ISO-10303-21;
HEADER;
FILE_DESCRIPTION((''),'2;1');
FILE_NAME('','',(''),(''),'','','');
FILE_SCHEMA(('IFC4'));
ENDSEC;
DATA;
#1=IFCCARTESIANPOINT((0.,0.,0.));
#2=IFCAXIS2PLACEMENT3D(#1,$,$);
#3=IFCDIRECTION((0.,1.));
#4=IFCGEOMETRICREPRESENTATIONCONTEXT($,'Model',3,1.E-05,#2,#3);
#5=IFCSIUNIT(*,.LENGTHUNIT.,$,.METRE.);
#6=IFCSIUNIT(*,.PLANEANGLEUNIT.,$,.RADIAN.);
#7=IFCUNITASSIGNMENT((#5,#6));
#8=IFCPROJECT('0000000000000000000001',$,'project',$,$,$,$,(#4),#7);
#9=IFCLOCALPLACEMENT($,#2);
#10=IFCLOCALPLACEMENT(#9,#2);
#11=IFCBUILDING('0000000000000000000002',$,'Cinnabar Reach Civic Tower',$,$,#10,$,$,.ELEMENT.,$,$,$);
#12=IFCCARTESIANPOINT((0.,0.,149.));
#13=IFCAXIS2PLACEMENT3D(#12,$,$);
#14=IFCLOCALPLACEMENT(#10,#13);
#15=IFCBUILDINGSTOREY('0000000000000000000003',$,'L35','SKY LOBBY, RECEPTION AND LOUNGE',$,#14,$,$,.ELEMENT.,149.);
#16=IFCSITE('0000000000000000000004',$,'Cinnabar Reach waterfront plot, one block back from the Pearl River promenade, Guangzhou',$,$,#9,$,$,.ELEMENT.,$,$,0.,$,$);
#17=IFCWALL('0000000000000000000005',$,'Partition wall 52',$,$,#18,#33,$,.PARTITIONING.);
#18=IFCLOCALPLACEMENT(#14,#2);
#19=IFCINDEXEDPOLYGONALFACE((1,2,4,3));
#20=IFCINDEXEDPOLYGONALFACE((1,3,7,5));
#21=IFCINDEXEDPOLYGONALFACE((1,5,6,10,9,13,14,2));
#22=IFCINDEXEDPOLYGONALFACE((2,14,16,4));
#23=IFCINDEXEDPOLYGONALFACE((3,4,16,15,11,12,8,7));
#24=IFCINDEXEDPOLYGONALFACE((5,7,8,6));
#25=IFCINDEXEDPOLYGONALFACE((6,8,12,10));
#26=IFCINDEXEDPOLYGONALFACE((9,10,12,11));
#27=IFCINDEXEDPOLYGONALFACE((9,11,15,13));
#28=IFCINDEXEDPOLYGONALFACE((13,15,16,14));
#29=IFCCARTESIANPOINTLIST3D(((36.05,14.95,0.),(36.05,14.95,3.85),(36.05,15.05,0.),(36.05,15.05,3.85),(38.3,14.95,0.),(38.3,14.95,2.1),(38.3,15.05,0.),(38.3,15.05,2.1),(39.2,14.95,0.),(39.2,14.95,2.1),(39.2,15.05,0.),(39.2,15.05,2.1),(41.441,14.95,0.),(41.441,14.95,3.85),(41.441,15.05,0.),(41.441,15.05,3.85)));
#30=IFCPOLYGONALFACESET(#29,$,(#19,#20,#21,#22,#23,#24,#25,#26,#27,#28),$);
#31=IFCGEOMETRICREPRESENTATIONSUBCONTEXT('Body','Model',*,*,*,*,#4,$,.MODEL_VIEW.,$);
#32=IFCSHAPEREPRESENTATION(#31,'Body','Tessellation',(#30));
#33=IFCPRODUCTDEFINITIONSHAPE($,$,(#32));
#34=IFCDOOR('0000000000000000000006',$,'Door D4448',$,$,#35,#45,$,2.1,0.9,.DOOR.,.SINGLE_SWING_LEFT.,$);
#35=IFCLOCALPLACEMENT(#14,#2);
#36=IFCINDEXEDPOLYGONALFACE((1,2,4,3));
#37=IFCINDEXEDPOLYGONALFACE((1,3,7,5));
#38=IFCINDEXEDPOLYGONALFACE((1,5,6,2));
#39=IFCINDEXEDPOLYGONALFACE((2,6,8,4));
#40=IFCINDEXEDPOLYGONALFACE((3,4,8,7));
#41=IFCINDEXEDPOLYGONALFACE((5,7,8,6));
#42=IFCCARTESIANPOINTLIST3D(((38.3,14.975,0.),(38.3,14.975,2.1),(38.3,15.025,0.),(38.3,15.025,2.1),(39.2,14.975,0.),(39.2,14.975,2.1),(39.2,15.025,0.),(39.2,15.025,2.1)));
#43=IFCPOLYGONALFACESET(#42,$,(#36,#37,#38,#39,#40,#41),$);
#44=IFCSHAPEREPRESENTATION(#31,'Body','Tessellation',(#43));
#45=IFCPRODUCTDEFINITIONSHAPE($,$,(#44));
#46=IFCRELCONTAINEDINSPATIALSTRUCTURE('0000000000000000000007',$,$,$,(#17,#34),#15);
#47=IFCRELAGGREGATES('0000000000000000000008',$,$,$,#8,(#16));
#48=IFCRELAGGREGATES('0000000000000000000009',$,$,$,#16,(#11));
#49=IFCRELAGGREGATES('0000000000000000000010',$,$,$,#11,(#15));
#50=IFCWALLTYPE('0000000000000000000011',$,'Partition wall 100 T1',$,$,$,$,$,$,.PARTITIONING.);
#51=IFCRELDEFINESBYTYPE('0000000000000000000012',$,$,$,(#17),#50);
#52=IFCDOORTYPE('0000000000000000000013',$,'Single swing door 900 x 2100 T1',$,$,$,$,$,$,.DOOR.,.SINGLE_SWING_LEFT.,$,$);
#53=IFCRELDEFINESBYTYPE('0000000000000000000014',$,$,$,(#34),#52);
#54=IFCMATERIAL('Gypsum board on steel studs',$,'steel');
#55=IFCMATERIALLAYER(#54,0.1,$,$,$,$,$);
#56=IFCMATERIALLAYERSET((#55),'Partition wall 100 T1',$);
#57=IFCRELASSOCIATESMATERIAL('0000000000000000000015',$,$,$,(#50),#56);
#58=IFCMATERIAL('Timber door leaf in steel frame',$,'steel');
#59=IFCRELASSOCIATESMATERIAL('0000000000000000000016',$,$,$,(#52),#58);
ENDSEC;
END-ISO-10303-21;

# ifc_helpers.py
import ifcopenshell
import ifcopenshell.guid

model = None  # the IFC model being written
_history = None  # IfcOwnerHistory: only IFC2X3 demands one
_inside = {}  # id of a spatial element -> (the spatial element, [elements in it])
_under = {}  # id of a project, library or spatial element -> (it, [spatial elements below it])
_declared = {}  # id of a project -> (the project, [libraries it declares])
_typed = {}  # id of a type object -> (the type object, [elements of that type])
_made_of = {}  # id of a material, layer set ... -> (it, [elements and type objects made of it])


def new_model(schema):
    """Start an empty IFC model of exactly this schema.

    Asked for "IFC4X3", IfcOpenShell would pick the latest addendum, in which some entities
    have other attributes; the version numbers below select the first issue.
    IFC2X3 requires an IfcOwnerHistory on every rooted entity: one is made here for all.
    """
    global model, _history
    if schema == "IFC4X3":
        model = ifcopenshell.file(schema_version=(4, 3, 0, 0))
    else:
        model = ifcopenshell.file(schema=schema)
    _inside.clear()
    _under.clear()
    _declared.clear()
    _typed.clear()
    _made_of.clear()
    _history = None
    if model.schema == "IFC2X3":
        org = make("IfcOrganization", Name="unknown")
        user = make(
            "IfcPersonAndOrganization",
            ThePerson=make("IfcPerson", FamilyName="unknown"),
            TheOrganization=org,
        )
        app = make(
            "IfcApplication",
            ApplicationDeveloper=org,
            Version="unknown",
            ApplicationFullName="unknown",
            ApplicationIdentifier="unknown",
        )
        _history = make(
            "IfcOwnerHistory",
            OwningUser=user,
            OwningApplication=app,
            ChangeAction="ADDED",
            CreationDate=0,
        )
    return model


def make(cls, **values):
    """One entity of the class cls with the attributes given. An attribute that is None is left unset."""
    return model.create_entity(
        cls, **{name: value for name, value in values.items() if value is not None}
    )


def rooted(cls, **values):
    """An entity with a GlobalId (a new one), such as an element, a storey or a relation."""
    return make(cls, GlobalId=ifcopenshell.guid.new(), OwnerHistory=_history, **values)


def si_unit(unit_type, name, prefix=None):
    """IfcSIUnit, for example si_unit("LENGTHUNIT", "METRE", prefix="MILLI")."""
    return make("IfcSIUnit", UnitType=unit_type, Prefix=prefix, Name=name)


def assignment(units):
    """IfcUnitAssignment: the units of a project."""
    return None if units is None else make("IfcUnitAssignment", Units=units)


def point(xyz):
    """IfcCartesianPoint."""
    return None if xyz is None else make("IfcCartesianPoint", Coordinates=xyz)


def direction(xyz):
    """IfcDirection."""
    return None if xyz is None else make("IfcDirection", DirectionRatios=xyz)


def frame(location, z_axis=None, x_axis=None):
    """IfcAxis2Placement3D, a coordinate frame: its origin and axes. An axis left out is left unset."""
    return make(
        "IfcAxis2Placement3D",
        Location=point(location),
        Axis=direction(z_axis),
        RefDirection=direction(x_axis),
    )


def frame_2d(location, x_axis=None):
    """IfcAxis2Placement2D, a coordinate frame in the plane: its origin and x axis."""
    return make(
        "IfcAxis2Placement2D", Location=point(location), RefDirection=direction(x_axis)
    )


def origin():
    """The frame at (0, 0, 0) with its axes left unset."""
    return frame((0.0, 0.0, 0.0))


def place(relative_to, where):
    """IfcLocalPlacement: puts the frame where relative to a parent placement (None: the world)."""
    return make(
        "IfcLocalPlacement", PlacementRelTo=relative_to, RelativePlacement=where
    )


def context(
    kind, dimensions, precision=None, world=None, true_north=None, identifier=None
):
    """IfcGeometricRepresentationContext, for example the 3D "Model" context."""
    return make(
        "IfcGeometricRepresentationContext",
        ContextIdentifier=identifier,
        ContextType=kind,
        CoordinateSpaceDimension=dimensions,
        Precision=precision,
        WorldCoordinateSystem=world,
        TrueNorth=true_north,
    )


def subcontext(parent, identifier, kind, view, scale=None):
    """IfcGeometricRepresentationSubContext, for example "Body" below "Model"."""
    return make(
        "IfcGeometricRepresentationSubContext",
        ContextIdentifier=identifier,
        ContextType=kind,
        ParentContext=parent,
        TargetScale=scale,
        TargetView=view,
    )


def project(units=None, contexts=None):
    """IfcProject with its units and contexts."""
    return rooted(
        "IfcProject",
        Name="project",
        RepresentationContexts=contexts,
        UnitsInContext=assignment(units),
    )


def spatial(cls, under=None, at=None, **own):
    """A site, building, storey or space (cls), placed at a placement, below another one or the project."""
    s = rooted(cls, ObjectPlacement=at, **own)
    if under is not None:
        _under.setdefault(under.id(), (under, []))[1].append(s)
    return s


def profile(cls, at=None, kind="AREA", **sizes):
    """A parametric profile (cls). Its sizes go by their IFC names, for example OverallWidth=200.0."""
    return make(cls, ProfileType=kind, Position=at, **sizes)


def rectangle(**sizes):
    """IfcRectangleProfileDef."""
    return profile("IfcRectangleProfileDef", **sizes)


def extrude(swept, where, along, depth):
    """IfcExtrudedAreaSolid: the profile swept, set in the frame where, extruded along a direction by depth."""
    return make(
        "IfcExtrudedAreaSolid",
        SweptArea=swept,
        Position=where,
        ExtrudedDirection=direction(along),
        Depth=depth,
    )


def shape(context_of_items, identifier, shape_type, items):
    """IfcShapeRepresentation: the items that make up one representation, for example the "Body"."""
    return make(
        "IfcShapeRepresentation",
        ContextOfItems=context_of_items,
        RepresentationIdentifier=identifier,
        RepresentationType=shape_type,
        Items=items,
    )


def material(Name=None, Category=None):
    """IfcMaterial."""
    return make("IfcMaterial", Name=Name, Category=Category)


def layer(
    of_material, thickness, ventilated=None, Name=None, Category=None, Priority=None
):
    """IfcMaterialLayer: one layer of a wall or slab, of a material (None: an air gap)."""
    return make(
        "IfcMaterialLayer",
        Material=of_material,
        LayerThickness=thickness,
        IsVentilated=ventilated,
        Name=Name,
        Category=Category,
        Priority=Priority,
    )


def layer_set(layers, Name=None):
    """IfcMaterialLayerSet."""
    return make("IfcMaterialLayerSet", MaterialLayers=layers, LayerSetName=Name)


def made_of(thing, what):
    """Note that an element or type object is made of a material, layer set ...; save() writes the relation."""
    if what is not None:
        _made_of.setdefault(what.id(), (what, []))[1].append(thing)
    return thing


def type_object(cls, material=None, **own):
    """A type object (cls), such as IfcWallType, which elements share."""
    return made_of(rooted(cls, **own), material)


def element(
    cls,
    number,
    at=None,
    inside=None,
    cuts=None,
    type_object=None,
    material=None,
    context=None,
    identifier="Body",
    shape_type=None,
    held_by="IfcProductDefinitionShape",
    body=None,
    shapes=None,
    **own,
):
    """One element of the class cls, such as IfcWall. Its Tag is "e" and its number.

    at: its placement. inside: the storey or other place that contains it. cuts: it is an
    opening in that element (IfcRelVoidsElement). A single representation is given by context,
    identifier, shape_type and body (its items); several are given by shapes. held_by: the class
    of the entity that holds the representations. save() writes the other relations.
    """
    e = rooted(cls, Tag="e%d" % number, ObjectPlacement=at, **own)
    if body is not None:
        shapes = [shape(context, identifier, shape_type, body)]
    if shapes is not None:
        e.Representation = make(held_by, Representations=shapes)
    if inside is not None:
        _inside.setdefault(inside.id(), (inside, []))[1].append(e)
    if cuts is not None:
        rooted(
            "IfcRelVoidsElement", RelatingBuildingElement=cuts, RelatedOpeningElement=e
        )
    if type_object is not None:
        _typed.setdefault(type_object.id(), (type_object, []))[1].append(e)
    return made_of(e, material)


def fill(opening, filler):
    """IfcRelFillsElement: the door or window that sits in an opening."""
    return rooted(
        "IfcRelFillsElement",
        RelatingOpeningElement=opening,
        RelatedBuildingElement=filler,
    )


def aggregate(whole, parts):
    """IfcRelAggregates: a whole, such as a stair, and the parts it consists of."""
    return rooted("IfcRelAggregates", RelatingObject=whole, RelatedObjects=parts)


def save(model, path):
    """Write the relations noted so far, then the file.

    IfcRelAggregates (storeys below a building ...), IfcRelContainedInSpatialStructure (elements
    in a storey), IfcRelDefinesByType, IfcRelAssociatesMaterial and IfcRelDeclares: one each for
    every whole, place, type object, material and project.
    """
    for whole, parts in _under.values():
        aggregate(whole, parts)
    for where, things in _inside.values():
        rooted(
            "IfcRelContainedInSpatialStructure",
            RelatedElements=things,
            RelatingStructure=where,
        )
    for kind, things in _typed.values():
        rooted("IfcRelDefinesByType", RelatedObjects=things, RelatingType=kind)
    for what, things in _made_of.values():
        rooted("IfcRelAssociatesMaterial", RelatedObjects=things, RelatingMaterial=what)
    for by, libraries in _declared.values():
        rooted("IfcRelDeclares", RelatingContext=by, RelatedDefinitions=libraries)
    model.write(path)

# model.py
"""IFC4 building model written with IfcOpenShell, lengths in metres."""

from ifc_helpers import new_model, si_unit, direction, frame, frame_2d, origin, place, context, subcontext, project, spatial, rectangle, extrude, material, layer, layer_set, type_object, element, fill, save


model = new_model("IFC4")

# Units and contexts
model_context = context("Model", 3, precision=1e-05, world=origin(), true_north=direction((0.0, 1.0)))
body_context = subcontext(model_context, "Body", "Model", "MODEL_VIEW")
ifc_project = project(units=[si_unit("LENGTHUNIT", "METRE"), si_unit("PLANEANGLEUNIT", "RADIAN")], contexts=[model_context])

# Site, building, storey
site_placement = place(None, origin())
site = spatial("IfcSite", under=ifc_project, at=site_placement, Name="Cinnabar Reach waterfront plot, one block back from the Pearl River promenade, Guangzhou", CompositionType="ELEMENT", RefElevation=0.0)
building_placement = place(site_placement, origin())
building = spatial("IfcBuilding", under=site, at=building_placement, Name="Cinnabar Reach Civic Tower", CompositionType="ELEMENT")
storey_placement = place(building_placement, frame((0.0, 0.0, 149.0)))
storey = spatial("IfcBuildingStorey", under=building, at=storey_placement, Name="L35", Description="SKY LOBBY, RECEPTION AND LOUNGE", CompositionType="ELEMENT", Elevation=149.0)

# Wall, opening, door
ifc_material_1 = material(Name="Timber door leaf in steel frame", Category="steel")
ifc_material_2 = material(Name="Gypsum board on steel studs", Category="steel")
ifc_layer_1 = layer(ifc_material_2, 0.1)
ifc_layer_set_1 = layer_set([ifc_layer_1], Name="Partition wall 100 T1")
wall_type_1 = type_object("IfcWallType", Name="Partition wall 100 T1", PredefinedType="PARTITIONING", material=ifc_layer_set_1)
wall_1_placement = place(storey_placement, frame((36.05, 15.0, 0.0), z_axis=(0.0, 0.0, 1.0), x_axis=(1.0, 0.0, 0.0)))
wall_1 = element("IfcWall", 1, at=wall_1_placement, inside=storey, type_object=wall_type_1, Name="Partition wall 52", PredefinedType="PARTITIONING", context=body_context, shape_type="SweptSolid", body=[
    extrude(rectangle(XDim=5.3909, YDim=0.1, at=frame_2d((2.6955, 0.0))), origin(), (0.0, 0.0, 1.0), 3.85),
])
opening_1_placement = place(wall_1_placement, frame((2.25, 0.0, 0.0)))
opening_1 = element("IfcOpeningElement", 2, at=opening_1_placement, cuts=wall_1, PredefinedType="OPENING", context=body_context, shape_type="SweptSolid", body=[
    extrude(rectangle(XDim=0.9, YDim=2.1, at=frame_2d((0.45, 1.05))), frame((0.0, 0.06, 0.0), z_axis=(0.0, -1.0, 0.0), x_axis=(1.0, 0.0, 0.0)), (0.0, 0.0, 1.0), 0.12),
])
door_type_1 = type_object("IfcDoorType", Name="Single swing door 900 x 2100 T1", OperationType="SINGLE_SWING_LEFT", PredefinedType="DOOR", material=ifc_material_1)
door_1_placement = place(opening_1_placement, frame((0.9, 0.0, 0.0), z_axis=(0.0, 0.0, 1.0), x_axis=(-1.0, 0.0, 0.0)))
door_1 = element("IfcDoor", 3, at=door_1_placement, inside=storey, type_object=door_type_1, Name="Door D4448", OperationType="SINGLE_SWING_LEFT", OverallHeight=2.1, OverallWidth=0.9, PredefinedType="DOOR", context=body_context, shape_type="SweptSolid", body=[
    extrude(rectangle(XDim=0.9, YDim=2.1, at=frame_2d((0.45, 1.05))), frame((0.0, 0.025, 0.0), z_axis=(0.0, -1.0, 0.0), x_axis=(1.0, 0.0, 0.0)), (0.0, 0.0, 1.0), 0.05),
])
fill(opening_1, door_1)

save(model, "model.ifc")
